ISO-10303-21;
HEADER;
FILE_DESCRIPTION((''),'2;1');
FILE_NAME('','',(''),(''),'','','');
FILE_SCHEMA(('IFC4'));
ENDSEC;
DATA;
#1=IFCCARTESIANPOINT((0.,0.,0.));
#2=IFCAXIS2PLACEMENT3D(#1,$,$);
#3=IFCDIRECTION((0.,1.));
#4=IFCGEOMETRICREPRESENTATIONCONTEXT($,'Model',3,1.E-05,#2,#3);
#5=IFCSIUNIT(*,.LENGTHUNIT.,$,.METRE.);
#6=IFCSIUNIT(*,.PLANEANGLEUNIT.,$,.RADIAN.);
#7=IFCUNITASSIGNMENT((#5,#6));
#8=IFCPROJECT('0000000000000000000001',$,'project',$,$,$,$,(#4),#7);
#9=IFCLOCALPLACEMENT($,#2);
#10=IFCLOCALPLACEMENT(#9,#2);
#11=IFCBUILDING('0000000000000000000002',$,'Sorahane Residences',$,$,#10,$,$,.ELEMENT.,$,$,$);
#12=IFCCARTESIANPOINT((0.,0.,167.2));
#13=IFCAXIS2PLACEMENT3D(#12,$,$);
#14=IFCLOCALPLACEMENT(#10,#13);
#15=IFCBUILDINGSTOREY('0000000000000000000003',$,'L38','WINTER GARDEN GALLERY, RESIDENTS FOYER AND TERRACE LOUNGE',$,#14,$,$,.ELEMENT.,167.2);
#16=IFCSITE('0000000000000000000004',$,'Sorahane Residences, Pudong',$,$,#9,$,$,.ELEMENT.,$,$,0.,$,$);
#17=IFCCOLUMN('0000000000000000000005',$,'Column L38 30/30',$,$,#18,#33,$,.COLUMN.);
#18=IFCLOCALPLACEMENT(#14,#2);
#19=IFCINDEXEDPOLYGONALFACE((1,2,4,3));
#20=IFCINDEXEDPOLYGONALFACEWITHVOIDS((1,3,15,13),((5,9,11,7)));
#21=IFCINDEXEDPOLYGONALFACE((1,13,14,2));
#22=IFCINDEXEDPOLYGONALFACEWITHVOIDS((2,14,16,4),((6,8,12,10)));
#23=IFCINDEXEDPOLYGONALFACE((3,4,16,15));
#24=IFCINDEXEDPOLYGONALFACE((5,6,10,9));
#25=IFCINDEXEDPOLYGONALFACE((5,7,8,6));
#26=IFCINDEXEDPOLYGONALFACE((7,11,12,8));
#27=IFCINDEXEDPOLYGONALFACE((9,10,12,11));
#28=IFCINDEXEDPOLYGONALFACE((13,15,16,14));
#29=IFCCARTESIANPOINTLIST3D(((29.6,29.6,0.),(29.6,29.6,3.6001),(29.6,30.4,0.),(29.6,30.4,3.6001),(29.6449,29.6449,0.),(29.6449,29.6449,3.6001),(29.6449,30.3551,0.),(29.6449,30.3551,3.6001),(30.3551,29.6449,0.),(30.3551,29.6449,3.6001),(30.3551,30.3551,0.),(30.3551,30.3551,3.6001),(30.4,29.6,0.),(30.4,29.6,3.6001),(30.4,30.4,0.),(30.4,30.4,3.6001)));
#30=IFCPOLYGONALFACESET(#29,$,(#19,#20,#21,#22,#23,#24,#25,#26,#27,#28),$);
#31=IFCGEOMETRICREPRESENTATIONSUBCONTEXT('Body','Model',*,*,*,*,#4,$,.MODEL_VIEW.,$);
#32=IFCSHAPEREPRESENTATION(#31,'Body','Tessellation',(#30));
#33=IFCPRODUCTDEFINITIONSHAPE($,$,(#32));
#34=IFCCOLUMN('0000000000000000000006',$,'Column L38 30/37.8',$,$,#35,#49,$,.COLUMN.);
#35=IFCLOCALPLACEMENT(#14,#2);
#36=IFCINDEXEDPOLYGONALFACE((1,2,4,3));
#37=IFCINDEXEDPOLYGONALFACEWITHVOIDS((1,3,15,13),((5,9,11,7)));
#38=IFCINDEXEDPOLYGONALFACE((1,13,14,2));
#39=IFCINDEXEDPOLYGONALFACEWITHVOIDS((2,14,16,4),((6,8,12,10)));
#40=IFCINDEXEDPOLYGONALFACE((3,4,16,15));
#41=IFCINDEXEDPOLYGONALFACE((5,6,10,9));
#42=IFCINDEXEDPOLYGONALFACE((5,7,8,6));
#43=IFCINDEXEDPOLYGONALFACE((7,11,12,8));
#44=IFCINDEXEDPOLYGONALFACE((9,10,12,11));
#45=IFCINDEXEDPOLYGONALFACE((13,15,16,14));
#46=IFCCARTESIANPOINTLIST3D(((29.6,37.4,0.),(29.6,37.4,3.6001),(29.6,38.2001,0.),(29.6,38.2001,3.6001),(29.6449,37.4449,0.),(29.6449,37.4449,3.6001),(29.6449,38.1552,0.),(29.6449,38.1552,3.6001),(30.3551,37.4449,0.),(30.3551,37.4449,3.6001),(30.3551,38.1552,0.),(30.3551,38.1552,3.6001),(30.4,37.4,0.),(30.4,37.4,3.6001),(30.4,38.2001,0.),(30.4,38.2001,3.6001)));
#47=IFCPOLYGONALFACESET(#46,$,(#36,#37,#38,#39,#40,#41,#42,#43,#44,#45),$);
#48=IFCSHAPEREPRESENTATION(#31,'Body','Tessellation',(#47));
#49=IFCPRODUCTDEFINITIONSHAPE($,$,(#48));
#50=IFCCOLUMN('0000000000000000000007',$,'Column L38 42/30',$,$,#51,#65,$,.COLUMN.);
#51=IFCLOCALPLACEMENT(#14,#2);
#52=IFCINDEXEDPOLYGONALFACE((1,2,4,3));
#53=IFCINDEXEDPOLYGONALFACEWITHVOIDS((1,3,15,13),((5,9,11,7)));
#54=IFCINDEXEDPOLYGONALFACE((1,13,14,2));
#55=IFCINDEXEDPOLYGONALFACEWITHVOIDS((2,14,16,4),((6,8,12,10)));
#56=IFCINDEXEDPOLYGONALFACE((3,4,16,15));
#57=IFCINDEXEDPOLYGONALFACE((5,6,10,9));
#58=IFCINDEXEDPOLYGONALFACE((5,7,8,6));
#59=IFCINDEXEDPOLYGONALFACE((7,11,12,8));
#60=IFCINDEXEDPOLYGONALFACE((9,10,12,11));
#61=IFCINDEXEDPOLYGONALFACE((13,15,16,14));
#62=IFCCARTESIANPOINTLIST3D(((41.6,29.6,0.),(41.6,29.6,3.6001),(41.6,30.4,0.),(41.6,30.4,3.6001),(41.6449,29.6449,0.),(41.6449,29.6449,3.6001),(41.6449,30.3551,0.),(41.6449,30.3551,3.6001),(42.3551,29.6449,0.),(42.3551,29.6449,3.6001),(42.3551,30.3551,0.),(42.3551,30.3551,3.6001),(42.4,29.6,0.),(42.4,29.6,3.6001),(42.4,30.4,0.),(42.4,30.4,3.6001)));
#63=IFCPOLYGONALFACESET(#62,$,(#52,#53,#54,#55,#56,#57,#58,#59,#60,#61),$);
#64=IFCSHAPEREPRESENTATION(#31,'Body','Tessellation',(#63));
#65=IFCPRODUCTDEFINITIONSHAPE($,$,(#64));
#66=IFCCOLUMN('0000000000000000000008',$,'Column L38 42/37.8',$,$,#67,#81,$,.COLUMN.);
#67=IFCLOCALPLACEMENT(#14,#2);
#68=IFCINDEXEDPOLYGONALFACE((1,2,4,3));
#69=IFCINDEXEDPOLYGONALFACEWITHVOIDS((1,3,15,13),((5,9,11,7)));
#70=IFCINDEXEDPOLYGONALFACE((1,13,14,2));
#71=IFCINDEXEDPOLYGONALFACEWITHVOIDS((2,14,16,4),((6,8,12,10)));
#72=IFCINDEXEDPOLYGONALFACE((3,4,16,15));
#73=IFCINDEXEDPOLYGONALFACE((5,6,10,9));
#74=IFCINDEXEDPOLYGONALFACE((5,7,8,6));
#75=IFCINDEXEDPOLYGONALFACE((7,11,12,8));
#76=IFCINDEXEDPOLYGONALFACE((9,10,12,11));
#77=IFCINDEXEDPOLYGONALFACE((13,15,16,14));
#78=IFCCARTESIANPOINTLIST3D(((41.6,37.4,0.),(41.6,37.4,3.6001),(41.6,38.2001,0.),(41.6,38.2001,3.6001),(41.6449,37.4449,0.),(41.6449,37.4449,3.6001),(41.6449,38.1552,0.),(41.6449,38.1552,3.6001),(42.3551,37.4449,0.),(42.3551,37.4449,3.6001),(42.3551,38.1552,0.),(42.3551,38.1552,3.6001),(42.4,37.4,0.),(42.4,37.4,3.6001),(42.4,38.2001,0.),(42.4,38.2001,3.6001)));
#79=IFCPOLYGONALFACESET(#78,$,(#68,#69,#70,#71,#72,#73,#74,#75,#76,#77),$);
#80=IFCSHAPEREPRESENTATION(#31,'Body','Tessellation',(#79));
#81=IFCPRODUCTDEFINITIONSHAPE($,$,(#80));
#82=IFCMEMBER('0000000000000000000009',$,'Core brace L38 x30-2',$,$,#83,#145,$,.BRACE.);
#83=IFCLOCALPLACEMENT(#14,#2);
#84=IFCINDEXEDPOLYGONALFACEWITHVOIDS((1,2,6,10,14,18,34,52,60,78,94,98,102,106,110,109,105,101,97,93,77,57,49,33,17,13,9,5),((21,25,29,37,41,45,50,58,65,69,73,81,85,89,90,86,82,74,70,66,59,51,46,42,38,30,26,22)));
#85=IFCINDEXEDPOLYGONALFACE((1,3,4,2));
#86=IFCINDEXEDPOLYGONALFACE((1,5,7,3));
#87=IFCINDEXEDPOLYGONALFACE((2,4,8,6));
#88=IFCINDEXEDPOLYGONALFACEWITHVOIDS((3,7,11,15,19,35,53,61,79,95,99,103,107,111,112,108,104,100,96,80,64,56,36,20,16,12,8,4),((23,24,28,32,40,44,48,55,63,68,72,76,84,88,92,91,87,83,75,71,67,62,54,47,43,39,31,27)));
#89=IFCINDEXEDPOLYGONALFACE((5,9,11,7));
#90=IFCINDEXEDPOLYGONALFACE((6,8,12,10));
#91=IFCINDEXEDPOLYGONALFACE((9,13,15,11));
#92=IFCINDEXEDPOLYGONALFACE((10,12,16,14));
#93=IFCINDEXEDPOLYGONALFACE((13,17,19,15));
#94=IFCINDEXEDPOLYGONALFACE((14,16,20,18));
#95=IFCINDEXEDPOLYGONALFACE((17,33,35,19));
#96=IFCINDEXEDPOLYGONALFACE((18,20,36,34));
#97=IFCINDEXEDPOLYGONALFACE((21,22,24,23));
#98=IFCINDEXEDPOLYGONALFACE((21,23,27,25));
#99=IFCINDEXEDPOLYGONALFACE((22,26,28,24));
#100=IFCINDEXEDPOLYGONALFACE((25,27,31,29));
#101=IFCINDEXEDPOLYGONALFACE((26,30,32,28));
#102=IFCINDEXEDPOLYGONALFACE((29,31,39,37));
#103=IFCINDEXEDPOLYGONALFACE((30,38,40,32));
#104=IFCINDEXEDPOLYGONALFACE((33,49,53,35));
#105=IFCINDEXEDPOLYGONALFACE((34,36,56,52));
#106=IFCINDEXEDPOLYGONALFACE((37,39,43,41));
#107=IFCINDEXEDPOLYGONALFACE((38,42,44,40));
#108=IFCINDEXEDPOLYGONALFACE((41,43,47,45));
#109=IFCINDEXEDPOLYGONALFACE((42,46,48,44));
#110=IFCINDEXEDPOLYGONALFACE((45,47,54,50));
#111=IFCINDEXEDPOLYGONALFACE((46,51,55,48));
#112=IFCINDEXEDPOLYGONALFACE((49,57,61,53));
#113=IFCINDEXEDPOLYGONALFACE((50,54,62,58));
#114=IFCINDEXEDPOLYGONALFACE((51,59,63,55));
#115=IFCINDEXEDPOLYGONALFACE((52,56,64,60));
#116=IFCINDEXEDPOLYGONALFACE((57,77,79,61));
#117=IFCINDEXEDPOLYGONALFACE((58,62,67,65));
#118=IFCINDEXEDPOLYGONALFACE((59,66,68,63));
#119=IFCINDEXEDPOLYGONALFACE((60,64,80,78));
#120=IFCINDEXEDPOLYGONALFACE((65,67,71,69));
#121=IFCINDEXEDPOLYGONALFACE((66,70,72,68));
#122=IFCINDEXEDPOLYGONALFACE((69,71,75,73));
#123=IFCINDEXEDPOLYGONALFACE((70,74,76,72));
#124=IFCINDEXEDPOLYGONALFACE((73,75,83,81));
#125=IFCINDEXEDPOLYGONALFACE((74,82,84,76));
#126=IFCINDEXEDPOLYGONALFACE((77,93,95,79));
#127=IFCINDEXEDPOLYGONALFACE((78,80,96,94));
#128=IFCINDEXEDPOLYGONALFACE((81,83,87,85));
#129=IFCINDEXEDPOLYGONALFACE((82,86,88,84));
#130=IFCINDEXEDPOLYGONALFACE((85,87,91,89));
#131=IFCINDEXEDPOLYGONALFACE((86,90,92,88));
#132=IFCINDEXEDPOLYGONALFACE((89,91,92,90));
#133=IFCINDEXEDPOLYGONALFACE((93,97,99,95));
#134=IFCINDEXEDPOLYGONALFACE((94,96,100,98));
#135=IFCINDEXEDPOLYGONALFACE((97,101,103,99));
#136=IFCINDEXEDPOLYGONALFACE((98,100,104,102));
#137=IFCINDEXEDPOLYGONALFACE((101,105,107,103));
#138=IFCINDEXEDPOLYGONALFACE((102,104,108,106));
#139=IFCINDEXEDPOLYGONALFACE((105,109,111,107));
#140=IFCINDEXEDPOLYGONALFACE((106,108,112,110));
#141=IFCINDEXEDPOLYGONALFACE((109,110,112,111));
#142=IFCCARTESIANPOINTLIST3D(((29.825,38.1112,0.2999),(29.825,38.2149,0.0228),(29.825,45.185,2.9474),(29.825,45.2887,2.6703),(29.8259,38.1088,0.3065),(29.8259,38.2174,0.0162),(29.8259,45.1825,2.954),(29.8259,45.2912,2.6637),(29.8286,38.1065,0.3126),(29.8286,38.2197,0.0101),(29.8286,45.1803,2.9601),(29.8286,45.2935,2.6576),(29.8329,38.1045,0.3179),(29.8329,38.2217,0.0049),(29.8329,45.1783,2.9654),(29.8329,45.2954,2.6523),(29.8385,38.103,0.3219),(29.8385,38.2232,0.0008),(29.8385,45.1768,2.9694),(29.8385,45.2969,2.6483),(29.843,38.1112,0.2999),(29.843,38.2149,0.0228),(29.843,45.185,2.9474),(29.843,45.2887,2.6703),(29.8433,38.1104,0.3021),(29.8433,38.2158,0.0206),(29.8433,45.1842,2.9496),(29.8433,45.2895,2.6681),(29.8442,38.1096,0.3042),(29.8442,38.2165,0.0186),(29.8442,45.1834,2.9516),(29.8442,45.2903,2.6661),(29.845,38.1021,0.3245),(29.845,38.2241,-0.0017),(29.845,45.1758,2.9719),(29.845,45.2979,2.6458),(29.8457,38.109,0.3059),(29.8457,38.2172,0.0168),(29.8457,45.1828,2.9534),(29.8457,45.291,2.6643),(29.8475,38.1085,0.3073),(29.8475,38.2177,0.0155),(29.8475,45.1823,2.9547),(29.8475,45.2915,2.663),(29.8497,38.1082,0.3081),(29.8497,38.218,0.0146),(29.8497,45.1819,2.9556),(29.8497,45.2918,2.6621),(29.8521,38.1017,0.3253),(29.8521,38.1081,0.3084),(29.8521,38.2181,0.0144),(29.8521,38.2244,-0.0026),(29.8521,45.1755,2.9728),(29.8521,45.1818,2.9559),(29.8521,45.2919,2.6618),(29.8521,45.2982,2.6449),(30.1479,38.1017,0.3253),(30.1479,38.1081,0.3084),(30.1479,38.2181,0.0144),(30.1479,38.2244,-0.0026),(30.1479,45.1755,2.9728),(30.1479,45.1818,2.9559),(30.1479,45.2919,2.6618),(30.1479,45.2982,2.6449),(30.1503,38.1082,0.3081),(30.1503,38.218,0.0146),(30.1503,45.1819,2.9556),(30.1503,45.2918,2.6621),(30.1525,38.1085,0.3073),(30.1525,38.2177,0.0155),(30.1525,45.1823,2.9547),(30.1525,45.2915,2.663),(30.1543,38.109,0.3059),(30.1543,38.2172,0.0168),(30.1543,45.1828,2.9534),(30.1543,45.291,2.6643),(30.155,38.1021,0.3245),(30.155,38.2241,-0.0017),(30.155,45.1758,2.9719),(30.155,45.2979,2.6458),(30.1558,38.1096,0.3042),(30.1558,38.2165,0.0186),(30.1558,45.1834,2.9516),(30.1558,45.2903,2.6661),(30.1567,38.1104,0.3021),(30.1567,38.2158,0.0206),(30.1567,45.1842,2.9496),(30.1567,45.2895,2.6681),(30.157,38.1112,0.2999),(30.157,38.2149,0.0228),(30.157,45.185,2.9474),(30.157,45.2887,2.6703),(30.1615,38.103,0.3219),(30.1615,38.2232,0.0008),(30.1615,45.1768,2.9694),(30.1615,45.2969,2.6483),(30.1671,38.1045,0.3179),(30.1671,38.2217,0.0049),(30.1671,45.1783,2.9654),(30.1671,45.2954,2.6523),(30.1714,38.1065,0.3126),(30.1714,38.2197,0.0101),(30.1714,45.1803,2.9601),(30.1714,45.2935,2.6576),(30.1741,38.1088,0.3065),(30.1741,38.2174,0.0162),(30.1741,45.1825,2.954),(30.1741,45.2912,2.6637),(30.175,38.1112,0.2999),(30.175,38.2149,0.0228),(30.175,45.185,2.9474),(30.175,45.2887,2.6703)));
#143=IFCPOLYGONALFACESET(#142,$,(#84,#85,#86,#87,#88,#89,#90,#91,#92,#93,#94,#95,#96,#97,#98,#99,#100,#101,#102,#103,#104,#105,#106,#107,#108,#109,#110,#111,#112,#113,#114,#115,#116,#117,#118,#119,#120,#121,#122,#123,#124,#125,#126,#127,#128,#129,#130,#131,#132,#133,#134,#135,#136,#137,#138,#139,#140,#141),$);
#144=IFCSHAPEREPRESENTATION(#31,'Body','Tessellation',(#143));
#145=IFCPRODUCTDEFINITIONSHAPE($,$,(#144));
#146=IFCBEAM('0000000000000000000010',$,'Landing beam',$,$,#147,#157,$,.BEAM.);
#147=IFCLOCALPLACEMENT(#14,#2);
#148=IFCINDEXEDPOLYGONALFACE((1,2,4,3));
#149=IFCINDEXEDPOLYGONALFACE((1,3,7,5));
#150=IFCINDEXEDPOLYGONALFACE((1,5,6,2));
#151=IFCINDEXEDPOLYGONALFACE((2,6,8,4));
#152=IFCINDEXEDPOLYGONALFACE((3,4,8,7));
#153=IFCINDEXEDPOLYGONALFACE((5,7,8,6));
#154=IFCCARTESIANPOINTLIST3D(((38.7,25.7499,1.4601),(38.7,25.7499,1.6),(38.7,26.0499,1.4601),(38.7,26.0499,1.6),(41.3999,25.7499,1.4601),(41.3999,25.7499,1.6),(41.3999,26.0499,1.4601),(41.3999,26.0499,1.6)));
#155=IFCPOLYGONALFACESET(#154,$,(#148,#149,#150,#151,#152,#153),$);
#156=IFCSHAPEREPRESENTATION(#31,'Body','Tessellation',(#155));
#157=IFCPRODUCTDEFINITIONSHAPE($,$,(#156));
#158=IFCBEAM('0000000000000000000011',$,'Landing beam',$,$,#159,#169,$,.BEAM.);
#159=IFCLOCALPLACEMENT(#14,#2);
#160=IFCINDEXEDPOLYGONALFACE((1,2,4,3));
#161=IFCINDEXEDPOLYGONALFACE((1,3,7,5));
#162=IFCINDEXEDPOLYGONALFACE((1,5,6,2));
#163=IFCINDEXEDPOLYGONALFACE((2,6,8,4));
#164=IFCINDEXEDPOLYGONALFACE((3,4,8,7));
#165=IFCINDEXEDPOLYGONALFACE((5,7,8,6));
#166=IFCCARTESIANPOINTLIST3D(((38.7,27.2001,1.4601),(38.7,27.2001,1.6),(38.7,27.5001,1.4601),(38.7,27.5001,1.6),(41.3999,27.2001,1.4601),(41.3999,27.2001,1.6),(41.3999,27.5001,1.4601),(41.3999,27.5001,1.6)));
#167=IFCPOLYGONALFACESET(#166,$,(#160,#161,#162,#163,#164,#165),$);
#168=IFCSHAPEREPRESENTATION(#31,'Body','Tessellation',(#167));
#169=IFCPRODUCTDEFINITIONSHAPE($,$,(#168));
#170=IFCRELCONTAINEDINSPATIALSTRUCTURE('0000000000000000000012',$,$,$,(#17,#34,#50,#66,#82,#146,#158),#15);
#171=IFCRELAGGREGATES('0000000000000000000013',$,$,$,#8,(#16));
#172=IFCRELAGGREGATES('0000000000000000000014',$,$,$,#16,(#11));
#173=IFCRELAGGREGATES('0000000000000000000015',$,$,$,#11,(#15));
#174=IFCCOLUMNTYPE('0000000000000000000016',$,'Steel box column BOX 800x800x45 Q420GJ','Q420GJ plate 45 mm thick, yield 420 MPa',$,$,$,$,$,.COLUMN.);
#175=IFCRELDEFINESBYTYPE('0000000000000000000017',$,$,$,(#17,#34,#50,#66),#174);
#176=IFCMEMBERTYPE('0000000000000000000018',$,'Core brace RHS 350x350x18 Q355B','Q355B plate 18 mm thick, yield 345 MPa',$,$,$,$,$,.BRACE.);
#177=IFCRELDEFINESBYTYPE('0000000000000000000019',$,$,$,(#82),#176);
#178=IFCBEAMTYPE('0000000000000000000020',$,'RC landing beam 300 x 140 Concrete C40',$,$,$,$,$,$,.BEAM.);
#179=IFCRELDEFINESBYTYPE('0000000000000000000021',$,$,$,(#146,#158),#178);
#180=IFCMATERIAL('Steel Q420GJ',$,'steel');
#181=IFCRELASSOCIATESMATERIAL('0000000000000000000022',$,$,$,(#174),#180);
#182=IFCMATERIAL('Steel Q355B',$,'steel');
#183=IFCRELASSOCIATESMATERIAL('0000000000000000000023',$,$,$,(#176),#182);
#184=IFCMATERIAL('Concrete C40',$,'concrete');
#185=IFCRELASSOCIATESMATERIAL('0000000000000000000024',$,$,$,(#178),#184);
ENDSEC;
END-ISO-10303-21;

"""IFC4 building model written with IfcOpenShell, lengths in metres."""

from ifc_helpers import new_model, si_unit, direction, frame, origin, origin_2d, place, context, subcontext, project, spatial, rectangle, hollow_rectangle, extrude, material, material_profile, profile_set, type_object, element, save


model = new_model("IFC4")

# Units and contexts
model_context = context("Model", 3, precision=1e-05, world=origin(), true_north=direction((0.0, 1.0)))
body_context = subcontext(model_context, "Body", "Model", "MODEL_VIEW")
ifc_project = project(units=[si_unit("LENGTHUNIT", "METRE"), si_unit("PLANEANGLEUNIT", "RADIAN")], contexts=[model_context])

# Site, building, storey
site_placement = place(None, origin())
site = spatial("IfcSite", under=ifc_project, at=site_placement, Name="Sorahane Residences, Pudong", CompositionType="ELEMENT", RefElevation=0.0)
building_placement = place(site_placement, origin())
building = spatial("IfcBuilding", under=site, at=building_placement, Name="Sorahane Residences", CompositionType="ELEMENT")
storey_placement = place(building_placement, frame((0.0, 0.0, 167.2)))
storey = spatial("IfcBuildingStorey", under=building, at=storey_placement, Name="L38", Description="WINTER GARDEN GALLERY, RESIDENTS FOYER AND TERRACE LOUNGE", CompositionType="ELEMENT", Elevation=167.2)

# Columns
ifc_material_1 = material(Name="Steel Q420GJ", Category="steel")
ifc_material_profile_1 = material_profile(ifc_material_1, hollow_rectangle(XDim=0.8, YDim=0.8, WallThickness=0.0449, at=origin_2d()), Name="BOX 800x800x45")
ifc_profile_set_1 = profile_set([ifc_material_profile_1], Name="Steel Q420GJ")
column_type = type_object("IfcColumnType", Name="Steel box column BOX 800x800x45 Q420GJ", Description="Q420GJ plate 45 mm thick, yield 420 MPa", PredefinedType="COLUMN", material=ifc_profile_set_1)
for number, where, z_axis, x_axis, name in (
    (1, (30.0, 30.0, 0.0), (0.0, 0.0, 1.0), (1.0, 0.0, 0.0), "Column L38 30/30"),
    (2, (30.0, 37.8, 0.0), (0.0, 0.0, 1.0), (1.0, 0.0, 0.0), "Column L38 30/37.8"),
    (3, (42.0, 30.0, 0.0), (0.0, 0.0, 1.0), (1.0, 0.0, 0.0), "Column L38 42/30"),
    (4, (42.0, 37.8, 0.0), (0.0, 0.0, 1.0), (1.0, 0.0, 0.0), "Column L38 42/37.8"),
):
    element("IfcColumn", number, at=place(storey_placement, frame(where, z_axis=z_axis, x_axis=x_axis)), inside=storey, type_object=column_type, Name=name, PredefinedType="COLUMN", context=body_context, shape_type="SweptSolid", body=[
        extrude(hollow_rectangle(XDim=0.8, YDim=0.8, WallThickness=0.0449, at=origin_2d()), origin(), (0.0, 0.0, 1.0), 3.6001),
    ])

# Member
ifc_material_2 = material(Name="Steel Q355B", Category="steel")
ifc_material_profile_2 = material_profile(ifc_material_2, hollow_rectangle(XDim=0.3501, YDim=0.3501, WallThickness=0.0181, InnerFilletRadius=0.009, OuterFilletRadius=0.0271, at=origin_2d()), Name="RHS 350x350x18")
ifc_profile_set_2 = profile_set([ifc_material_profile_2], Name="Steel Q355B")
member_type = type_object("IfcMemberType", Name="Core brace RHS 350x350x18 Q355B", Description="Q355B plate 18 mm thick, yield 345 MPa", PredefinedType="BRACE", material=ifc_profile_set_2)
member_placement = place(storey_placement, frame((30.0, 38.1631, 0.1614), z_axis=(0.0, 0.936555, 0.350521), x_axis=(-1.0, 0.0, 0.0)))
element("IfcMember", 5, at=member_placement, inside=storey, type_object=member_type, Name="Core brace L38 x30-2", PredefinedType="BRACE", context=body_context, shape_type="SweptSolid", body=[
    extrude(hollow_rectangle(XDim=0.3501, YDim=0.3501, WallThickness=0.0181, InnerFilletRadius=0.009, OuterFilletRadius=0.0271, at=origin_2d()), origin(), (0.0, 0.0, 1.0), 7.553),
])

# Beams
ifc_material_3 = material(Name="Concrete C40", Category="concrete")
ifc_material_profile_3 = material_profile(ifc_material_3, rectangle(XDim=0.3, YDim=0.1399, at=origin_2d()), Name="300x140")
ifc_profile_set_3 = profile_set([ifc_material_profile_3], Name="Concrete C40")
beam_type_1 = type_object("IfcBeamType", Name="RC landing beam 300 x 140 Concrete C40", PredefinedType="BEAM", material=ifc_profile_set_3)
for number, where, z_axis, x_axis, name in (
    (6, (38.7, 25.8999, 1.53), (1.0, 0.0, 0.0), (0.0, 1.0, 0.0), "Landing beam"),
    (7, (38.7, 27.3501, 1.53), (1.0, 0.0, 0.0), (0.0, 1.0, 0.0), "Landing beam"),
):
    element("IfcBeam", number, at=place(storey_placement, frame(where, z_axis=z_axis, x_axis=x_axis)), inside=storey, type_object=beam_type_1, Name=name, PredefinedType="BEAM", context=body_context, shape_type="SweptSolid", body=[
        extrude(rectangle(XDim=0.3, YDim=0.1399, at=origin_2d()), origin(), (0.0, 0.0, 1.0), 2.7),
    ])

save(model, "model.ifc")
